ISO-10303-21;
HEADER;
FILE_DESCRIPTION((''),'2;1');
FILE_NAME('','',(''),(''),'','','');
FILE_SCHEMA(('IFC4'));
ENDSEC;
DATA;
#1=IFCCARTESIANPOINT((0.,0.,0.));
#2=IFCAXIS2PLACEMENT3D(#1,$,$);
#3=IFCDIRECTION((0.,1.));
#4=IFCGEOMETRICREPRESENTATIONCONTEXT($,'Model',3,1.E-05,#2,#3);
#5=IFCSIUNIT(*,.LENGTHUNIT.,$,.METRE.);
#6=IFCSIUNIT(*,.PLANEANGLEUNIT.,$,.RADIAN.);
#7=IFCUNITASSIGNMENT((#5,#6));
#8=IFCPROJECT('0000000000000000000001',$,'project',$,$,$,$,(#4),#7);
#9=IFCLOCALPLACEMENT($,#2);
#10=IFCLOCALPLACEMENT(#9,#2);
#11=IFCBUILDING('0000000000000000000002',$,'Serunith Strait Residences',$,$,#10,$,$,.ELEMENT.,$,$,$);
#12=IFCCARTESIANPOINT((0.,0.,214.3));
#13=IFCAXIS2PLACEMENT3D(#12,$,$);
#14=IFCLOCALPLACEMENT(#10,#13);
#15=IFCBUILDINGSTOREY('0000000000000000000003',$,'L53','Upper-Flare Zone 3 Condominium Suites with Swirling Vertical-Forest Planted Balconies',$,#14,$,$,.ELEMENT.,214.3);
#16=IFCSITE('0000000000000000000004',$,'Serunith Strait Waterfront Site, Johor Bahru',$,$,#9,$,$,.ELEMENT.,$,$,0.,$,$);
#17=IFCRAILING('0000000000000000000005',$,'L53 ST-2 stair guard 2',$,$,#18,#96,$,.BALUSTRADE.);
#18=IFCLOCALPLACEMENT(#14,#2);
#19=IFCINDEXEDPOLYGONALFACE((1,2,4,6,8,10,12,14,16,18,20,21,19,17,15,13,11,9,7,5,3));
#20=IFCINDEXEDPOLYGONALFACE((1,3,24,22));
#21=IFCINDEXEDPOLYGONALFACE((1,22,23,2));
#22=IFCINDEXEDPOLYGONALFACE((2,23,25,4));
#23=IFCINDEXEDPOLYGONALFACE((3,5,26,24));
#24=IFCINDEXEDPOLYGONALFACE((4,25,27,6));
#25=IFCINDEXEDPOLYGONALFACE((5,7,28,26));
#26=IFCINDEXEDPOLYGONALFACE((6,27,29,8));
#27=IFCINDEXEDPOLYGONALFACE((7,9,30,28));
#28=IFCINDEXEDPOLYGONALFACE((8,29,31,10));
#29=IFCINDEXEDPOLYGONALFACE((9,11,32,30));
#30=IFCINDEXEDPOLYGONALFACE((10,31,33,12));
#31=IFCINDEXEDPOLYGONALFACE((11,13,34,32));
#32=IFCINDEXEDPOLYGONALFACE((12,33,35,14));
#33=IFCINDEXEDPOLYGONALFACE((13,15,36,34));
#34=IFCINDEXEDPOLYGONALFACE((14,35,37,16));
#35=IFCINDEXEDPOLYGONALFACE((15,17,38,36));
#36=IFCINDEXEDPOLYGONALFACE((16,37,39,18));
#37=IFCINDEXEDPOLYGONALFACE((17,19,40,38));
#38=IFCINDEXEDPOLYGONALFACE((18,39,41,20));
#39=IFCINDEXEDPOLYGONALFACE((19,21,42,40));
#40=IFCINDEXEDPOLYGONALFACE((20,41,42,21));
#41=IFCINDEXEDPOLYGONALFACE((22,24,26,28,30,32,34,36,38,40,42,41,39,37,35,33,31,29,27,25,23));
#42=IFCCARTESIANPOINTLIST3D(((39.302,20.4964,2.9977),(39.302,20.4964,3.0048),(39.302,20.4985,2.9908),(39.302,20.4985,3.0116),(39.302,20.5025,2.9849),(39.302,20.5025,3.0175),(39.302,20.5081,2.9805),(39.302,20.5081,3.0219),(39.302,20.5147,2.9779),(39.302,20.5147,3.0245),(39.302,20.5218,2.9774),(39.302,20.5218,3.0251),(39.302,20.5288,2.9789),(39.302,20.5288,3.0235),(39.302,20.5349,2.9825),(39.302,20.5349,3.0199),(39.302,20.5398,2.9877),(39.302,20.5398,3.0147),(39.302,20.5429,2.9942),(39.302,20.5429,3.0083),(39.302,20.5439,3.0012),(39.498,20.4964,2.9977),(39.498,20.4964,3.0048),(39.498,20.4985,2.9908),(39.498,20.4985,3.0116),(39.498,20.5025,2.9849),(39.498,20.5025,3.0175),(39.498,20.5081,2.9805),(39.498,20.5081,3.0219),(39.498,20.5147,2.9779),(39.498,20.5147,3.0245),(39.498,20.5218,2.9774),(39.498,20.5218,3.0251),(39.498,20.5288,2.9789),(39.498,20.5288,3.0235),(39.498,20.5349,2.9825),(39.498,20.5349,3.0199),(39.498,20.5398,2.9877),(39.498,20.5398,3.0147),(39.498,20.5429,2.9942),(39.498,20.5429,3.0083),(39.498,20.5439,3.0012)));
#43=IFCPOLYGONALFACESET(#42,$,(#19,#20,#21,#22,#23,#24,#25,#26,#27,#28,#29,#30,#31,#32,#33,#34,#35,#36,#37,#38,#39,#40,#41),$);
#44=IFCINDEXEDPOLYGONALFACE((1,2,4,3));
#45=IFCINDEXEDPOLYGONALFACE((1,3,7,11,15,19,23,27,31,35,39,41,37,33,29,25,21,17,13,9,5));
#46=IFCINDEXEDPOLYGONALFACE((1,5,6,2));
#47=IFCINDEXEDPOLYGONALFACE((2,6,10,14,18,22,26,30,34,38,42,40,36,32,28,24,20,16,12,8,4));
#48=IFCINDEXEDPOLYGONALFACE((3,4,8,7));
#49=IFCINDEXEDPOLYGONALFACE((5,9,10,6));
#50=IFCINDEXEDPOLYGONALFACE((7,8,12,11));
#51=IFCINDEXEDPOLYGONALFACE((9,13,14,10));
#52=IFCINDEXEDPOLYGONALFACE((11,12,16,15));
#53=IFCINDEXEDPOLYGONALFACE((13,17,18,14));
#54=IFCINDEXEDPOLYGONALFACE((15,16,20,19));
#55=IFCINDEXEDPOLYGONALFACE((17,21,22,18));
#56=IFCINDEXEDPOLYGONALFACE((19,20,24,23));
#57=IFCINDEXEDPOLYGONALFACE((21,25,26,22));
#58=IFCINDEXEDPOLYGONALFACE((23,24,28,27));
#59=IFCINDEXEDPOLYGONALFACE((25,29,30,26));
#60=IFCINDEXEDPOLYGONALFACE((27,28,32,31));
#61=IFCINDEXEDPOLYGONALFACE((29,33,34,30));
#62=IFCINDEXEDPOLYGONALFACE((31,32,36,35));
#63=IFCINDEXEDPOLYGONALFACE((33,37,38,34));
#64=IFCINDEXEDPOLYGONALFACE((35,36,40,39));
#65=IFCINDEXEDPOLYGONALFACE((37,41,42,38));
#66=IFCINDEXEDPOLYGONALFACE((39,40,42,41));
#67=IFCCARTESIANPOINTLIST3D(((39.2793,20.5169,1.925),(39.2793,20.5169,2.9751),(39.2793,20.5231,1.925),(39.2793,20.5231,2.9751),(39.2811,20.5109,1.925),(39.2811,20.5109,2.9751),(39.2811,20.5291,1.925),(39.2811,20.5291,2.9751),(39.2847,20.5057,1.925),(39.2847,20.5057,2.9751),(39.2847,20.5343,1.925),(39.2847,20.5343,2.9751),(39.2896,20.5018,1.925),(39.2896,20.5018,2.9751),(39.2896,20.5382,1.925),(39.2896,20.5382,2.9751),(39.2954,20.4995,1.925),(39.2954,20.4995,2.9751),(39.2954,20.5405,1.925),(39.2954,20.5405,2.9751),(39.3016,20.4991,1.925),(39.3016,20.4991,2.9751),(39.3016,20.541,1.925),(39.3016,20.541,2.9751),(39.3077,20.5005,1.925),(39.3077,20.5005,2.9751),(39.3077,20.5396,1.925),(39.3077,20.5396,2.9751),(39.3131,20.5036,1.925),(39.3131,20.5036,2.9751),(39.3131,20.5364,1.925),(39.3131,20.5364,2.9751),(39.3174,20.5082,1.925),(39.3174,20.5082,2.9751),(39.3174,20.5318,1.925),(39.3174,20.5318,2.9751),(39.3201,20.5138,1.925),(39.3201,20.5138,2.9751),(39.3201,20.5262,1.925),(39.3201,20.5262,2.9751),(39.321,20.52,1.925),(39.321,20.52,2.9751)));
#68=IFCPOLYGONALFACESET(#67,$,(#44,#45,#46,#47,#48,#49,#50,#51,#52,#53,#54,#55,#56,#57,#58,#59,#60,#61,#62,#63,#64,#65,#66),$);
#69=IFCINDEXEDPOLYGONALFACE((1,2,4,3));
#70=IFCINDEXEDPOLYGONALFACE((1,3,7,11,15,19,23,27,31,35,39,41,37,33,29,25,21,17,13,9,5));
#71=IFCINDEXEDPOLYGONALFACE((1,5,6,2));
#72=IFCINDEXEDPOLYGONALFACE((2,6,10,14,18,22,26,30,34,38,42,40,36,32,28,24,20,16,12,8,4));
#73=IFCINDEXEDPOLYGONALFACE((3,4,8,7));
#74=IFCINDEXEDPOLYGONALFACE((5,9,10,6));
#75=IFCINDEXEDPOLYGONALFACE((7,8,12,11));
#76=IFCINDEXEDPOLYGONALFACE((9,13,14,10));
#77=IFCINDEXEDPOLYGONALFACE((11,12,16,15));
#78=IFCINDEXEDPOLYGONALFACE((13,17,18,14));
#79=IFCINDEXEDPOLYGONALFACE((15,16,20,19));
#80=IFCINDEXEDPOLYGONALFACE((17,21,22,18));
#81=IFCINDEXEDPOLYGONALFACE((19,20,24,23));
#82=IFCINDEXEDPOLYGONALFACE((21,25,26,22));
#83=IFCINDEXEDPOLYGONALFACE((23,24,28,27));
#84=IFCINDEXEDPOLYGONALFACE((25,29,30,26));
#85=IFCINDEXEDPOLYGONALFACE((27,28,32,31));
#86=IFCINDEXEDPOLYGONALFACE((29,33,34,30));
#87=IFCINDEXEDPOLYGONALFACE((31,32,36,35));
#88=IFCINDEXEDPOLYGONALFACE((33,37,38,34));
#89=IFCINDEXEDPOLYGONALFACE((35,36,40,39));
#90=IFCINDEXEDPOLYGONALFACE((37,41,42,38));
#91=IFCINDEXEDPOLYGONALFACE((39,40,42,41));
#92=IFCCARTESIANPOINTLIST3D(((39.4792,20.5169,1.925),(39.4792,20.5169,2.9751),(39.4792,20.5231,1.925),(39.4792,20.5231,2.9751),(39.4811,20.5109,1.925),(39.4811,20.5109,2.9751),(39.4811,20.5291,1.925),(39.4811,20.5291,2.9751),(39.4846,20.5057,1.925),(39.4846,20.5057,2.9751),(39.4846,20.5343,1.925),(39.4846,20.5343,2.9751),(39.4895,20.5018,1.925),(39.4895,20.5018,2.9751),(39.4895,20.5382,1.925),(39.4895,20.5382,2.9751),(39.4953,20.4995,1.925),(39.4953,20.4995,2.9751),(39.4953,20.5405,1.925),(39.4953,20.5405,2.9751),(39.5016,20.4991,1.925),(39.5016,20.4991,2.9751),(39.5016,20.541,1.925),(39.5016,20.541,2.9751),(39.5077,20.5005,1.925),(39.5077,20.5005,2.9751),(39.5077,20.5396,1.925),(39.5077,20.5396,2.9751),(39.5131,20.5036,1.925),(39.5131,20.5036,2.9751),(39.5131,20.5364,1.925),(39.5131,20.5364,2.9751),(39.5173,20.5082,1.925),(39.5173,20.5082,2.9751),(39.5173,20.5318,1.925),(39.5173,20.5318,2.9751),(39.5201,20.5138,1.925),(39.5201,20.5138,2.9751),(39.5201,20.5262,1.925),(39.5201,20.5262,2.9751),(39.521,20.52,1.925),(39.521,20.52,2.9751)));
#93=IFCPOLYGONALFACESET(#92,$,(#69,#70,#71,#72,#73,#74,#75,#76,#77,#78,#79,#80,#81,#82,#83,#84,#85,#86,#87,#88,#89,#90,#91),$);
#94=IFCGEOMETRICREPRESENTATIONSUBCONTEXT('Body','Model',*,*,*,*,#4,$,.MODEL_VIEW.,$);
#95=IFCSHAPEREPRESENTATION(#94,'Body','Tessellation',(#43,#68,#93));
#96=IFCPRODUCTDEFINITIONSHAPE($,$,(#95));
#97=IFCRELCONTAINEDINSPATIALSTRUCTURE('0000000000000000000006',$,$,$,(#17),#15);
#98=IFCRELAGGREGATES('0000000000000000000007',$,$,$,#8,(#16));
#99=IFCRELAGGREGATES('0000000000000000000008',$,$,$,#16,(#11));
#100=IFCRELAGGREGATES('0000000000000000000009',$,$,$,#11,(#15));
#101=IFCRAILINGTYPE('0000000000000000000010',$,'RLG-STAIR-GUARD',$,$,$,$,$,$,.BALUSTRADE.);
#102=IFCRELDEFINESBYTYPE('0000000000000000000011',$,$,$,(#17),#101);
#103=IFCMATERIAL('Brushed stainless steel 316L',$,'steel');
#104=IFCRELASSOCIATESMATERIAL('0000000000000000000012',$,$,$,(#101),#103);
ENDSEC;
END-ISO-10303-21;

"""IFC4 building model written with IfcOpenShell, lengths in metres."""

from ifc_helpers import new_model, si_unit, direction, frame, origin, origin_2d, place, context, subcontext, project, spatial, circle, extrude, material, type_object, element, save


model = new_model("IFC4")

# Units and contexts
model_context = context("Model", 3, precision=1e-05, world=origin(), true_north=direction((0.0, 1.0)))
body_context = subcontext(model_context, "Body", "Model", "MODEL_VIEW")
ifc_project = project(units=[si_unit("LENGTHUNIT", "METRE"), si_unit("PLANEANGLEUNIT", "RADIAN")], contexts=[model_context])

# Site, building, storey
site_placement = place(None, origin())
site = spatial("IfcSite", under=ifc_project, at=site_placement, Name="Serunith Strait Waterfront Site, Johor Bahru", CompositionType="ELEMENT", RefElevation=0.0)
building_placement = place(site_placement, origin())
building = spatial("IfcBuilding", under=site, at=building_placement, Name="Serunith Strait Residences", CompositionType="ELEMENT")
storey_placement = place(building_placement, frame((0.0, 0.0, 214.3)))
storey = spatial("IfcBuildingStorey", under=building, at=storey_placement, Name="L53", Description="Upper-Flare Zone 3 Condominium Suites with Swirling Vertical-Forest Planted Balconies", CompositionType="ELEMENT", Elevation=214.3)

# Railing
ifc_material_1 = material(Name="Brushed stainless steel 316L", Category="steel")
railing_type_1 = type_object("IfcRailingType", Name="RLG-STAIR-GUARD", PredefinedType="BALUSTRADE", material=ifc_material_1)
railing_1_placement = place(storey_placement, frame((39.3, 20.52, 1.925)))
element("IfcRailing", 1, at=railing_1_placement, inside=storey, type_object=railing_type_1, Name="L53 ST-2 stair guard 2", PredefinedType="BALUSTRADE", context=body_context, shape_type="SweptSolid", body=[
    extrude(circle(Radius=0.0239, at=origin_2d()), frame((0.002, 0.0, 1.0762), z_axis=(1.0, 0.0, 0.0), x_axis=(0.0, 1.0, 0.0)), (0.0, 0.0, 1.0), 0.196),
    extrude(circle(Radius=0.021, at=origin_2d()), origin(), (0.0, 0.0, 1.0), 1.05),
    extrude(circle(Radius=0.021, at=origin_2d()), frame((0.2, 0.0, 0.0)), (0.0, 0.0, 1.0), 1.05),
])

save(model, "model.ifc")
